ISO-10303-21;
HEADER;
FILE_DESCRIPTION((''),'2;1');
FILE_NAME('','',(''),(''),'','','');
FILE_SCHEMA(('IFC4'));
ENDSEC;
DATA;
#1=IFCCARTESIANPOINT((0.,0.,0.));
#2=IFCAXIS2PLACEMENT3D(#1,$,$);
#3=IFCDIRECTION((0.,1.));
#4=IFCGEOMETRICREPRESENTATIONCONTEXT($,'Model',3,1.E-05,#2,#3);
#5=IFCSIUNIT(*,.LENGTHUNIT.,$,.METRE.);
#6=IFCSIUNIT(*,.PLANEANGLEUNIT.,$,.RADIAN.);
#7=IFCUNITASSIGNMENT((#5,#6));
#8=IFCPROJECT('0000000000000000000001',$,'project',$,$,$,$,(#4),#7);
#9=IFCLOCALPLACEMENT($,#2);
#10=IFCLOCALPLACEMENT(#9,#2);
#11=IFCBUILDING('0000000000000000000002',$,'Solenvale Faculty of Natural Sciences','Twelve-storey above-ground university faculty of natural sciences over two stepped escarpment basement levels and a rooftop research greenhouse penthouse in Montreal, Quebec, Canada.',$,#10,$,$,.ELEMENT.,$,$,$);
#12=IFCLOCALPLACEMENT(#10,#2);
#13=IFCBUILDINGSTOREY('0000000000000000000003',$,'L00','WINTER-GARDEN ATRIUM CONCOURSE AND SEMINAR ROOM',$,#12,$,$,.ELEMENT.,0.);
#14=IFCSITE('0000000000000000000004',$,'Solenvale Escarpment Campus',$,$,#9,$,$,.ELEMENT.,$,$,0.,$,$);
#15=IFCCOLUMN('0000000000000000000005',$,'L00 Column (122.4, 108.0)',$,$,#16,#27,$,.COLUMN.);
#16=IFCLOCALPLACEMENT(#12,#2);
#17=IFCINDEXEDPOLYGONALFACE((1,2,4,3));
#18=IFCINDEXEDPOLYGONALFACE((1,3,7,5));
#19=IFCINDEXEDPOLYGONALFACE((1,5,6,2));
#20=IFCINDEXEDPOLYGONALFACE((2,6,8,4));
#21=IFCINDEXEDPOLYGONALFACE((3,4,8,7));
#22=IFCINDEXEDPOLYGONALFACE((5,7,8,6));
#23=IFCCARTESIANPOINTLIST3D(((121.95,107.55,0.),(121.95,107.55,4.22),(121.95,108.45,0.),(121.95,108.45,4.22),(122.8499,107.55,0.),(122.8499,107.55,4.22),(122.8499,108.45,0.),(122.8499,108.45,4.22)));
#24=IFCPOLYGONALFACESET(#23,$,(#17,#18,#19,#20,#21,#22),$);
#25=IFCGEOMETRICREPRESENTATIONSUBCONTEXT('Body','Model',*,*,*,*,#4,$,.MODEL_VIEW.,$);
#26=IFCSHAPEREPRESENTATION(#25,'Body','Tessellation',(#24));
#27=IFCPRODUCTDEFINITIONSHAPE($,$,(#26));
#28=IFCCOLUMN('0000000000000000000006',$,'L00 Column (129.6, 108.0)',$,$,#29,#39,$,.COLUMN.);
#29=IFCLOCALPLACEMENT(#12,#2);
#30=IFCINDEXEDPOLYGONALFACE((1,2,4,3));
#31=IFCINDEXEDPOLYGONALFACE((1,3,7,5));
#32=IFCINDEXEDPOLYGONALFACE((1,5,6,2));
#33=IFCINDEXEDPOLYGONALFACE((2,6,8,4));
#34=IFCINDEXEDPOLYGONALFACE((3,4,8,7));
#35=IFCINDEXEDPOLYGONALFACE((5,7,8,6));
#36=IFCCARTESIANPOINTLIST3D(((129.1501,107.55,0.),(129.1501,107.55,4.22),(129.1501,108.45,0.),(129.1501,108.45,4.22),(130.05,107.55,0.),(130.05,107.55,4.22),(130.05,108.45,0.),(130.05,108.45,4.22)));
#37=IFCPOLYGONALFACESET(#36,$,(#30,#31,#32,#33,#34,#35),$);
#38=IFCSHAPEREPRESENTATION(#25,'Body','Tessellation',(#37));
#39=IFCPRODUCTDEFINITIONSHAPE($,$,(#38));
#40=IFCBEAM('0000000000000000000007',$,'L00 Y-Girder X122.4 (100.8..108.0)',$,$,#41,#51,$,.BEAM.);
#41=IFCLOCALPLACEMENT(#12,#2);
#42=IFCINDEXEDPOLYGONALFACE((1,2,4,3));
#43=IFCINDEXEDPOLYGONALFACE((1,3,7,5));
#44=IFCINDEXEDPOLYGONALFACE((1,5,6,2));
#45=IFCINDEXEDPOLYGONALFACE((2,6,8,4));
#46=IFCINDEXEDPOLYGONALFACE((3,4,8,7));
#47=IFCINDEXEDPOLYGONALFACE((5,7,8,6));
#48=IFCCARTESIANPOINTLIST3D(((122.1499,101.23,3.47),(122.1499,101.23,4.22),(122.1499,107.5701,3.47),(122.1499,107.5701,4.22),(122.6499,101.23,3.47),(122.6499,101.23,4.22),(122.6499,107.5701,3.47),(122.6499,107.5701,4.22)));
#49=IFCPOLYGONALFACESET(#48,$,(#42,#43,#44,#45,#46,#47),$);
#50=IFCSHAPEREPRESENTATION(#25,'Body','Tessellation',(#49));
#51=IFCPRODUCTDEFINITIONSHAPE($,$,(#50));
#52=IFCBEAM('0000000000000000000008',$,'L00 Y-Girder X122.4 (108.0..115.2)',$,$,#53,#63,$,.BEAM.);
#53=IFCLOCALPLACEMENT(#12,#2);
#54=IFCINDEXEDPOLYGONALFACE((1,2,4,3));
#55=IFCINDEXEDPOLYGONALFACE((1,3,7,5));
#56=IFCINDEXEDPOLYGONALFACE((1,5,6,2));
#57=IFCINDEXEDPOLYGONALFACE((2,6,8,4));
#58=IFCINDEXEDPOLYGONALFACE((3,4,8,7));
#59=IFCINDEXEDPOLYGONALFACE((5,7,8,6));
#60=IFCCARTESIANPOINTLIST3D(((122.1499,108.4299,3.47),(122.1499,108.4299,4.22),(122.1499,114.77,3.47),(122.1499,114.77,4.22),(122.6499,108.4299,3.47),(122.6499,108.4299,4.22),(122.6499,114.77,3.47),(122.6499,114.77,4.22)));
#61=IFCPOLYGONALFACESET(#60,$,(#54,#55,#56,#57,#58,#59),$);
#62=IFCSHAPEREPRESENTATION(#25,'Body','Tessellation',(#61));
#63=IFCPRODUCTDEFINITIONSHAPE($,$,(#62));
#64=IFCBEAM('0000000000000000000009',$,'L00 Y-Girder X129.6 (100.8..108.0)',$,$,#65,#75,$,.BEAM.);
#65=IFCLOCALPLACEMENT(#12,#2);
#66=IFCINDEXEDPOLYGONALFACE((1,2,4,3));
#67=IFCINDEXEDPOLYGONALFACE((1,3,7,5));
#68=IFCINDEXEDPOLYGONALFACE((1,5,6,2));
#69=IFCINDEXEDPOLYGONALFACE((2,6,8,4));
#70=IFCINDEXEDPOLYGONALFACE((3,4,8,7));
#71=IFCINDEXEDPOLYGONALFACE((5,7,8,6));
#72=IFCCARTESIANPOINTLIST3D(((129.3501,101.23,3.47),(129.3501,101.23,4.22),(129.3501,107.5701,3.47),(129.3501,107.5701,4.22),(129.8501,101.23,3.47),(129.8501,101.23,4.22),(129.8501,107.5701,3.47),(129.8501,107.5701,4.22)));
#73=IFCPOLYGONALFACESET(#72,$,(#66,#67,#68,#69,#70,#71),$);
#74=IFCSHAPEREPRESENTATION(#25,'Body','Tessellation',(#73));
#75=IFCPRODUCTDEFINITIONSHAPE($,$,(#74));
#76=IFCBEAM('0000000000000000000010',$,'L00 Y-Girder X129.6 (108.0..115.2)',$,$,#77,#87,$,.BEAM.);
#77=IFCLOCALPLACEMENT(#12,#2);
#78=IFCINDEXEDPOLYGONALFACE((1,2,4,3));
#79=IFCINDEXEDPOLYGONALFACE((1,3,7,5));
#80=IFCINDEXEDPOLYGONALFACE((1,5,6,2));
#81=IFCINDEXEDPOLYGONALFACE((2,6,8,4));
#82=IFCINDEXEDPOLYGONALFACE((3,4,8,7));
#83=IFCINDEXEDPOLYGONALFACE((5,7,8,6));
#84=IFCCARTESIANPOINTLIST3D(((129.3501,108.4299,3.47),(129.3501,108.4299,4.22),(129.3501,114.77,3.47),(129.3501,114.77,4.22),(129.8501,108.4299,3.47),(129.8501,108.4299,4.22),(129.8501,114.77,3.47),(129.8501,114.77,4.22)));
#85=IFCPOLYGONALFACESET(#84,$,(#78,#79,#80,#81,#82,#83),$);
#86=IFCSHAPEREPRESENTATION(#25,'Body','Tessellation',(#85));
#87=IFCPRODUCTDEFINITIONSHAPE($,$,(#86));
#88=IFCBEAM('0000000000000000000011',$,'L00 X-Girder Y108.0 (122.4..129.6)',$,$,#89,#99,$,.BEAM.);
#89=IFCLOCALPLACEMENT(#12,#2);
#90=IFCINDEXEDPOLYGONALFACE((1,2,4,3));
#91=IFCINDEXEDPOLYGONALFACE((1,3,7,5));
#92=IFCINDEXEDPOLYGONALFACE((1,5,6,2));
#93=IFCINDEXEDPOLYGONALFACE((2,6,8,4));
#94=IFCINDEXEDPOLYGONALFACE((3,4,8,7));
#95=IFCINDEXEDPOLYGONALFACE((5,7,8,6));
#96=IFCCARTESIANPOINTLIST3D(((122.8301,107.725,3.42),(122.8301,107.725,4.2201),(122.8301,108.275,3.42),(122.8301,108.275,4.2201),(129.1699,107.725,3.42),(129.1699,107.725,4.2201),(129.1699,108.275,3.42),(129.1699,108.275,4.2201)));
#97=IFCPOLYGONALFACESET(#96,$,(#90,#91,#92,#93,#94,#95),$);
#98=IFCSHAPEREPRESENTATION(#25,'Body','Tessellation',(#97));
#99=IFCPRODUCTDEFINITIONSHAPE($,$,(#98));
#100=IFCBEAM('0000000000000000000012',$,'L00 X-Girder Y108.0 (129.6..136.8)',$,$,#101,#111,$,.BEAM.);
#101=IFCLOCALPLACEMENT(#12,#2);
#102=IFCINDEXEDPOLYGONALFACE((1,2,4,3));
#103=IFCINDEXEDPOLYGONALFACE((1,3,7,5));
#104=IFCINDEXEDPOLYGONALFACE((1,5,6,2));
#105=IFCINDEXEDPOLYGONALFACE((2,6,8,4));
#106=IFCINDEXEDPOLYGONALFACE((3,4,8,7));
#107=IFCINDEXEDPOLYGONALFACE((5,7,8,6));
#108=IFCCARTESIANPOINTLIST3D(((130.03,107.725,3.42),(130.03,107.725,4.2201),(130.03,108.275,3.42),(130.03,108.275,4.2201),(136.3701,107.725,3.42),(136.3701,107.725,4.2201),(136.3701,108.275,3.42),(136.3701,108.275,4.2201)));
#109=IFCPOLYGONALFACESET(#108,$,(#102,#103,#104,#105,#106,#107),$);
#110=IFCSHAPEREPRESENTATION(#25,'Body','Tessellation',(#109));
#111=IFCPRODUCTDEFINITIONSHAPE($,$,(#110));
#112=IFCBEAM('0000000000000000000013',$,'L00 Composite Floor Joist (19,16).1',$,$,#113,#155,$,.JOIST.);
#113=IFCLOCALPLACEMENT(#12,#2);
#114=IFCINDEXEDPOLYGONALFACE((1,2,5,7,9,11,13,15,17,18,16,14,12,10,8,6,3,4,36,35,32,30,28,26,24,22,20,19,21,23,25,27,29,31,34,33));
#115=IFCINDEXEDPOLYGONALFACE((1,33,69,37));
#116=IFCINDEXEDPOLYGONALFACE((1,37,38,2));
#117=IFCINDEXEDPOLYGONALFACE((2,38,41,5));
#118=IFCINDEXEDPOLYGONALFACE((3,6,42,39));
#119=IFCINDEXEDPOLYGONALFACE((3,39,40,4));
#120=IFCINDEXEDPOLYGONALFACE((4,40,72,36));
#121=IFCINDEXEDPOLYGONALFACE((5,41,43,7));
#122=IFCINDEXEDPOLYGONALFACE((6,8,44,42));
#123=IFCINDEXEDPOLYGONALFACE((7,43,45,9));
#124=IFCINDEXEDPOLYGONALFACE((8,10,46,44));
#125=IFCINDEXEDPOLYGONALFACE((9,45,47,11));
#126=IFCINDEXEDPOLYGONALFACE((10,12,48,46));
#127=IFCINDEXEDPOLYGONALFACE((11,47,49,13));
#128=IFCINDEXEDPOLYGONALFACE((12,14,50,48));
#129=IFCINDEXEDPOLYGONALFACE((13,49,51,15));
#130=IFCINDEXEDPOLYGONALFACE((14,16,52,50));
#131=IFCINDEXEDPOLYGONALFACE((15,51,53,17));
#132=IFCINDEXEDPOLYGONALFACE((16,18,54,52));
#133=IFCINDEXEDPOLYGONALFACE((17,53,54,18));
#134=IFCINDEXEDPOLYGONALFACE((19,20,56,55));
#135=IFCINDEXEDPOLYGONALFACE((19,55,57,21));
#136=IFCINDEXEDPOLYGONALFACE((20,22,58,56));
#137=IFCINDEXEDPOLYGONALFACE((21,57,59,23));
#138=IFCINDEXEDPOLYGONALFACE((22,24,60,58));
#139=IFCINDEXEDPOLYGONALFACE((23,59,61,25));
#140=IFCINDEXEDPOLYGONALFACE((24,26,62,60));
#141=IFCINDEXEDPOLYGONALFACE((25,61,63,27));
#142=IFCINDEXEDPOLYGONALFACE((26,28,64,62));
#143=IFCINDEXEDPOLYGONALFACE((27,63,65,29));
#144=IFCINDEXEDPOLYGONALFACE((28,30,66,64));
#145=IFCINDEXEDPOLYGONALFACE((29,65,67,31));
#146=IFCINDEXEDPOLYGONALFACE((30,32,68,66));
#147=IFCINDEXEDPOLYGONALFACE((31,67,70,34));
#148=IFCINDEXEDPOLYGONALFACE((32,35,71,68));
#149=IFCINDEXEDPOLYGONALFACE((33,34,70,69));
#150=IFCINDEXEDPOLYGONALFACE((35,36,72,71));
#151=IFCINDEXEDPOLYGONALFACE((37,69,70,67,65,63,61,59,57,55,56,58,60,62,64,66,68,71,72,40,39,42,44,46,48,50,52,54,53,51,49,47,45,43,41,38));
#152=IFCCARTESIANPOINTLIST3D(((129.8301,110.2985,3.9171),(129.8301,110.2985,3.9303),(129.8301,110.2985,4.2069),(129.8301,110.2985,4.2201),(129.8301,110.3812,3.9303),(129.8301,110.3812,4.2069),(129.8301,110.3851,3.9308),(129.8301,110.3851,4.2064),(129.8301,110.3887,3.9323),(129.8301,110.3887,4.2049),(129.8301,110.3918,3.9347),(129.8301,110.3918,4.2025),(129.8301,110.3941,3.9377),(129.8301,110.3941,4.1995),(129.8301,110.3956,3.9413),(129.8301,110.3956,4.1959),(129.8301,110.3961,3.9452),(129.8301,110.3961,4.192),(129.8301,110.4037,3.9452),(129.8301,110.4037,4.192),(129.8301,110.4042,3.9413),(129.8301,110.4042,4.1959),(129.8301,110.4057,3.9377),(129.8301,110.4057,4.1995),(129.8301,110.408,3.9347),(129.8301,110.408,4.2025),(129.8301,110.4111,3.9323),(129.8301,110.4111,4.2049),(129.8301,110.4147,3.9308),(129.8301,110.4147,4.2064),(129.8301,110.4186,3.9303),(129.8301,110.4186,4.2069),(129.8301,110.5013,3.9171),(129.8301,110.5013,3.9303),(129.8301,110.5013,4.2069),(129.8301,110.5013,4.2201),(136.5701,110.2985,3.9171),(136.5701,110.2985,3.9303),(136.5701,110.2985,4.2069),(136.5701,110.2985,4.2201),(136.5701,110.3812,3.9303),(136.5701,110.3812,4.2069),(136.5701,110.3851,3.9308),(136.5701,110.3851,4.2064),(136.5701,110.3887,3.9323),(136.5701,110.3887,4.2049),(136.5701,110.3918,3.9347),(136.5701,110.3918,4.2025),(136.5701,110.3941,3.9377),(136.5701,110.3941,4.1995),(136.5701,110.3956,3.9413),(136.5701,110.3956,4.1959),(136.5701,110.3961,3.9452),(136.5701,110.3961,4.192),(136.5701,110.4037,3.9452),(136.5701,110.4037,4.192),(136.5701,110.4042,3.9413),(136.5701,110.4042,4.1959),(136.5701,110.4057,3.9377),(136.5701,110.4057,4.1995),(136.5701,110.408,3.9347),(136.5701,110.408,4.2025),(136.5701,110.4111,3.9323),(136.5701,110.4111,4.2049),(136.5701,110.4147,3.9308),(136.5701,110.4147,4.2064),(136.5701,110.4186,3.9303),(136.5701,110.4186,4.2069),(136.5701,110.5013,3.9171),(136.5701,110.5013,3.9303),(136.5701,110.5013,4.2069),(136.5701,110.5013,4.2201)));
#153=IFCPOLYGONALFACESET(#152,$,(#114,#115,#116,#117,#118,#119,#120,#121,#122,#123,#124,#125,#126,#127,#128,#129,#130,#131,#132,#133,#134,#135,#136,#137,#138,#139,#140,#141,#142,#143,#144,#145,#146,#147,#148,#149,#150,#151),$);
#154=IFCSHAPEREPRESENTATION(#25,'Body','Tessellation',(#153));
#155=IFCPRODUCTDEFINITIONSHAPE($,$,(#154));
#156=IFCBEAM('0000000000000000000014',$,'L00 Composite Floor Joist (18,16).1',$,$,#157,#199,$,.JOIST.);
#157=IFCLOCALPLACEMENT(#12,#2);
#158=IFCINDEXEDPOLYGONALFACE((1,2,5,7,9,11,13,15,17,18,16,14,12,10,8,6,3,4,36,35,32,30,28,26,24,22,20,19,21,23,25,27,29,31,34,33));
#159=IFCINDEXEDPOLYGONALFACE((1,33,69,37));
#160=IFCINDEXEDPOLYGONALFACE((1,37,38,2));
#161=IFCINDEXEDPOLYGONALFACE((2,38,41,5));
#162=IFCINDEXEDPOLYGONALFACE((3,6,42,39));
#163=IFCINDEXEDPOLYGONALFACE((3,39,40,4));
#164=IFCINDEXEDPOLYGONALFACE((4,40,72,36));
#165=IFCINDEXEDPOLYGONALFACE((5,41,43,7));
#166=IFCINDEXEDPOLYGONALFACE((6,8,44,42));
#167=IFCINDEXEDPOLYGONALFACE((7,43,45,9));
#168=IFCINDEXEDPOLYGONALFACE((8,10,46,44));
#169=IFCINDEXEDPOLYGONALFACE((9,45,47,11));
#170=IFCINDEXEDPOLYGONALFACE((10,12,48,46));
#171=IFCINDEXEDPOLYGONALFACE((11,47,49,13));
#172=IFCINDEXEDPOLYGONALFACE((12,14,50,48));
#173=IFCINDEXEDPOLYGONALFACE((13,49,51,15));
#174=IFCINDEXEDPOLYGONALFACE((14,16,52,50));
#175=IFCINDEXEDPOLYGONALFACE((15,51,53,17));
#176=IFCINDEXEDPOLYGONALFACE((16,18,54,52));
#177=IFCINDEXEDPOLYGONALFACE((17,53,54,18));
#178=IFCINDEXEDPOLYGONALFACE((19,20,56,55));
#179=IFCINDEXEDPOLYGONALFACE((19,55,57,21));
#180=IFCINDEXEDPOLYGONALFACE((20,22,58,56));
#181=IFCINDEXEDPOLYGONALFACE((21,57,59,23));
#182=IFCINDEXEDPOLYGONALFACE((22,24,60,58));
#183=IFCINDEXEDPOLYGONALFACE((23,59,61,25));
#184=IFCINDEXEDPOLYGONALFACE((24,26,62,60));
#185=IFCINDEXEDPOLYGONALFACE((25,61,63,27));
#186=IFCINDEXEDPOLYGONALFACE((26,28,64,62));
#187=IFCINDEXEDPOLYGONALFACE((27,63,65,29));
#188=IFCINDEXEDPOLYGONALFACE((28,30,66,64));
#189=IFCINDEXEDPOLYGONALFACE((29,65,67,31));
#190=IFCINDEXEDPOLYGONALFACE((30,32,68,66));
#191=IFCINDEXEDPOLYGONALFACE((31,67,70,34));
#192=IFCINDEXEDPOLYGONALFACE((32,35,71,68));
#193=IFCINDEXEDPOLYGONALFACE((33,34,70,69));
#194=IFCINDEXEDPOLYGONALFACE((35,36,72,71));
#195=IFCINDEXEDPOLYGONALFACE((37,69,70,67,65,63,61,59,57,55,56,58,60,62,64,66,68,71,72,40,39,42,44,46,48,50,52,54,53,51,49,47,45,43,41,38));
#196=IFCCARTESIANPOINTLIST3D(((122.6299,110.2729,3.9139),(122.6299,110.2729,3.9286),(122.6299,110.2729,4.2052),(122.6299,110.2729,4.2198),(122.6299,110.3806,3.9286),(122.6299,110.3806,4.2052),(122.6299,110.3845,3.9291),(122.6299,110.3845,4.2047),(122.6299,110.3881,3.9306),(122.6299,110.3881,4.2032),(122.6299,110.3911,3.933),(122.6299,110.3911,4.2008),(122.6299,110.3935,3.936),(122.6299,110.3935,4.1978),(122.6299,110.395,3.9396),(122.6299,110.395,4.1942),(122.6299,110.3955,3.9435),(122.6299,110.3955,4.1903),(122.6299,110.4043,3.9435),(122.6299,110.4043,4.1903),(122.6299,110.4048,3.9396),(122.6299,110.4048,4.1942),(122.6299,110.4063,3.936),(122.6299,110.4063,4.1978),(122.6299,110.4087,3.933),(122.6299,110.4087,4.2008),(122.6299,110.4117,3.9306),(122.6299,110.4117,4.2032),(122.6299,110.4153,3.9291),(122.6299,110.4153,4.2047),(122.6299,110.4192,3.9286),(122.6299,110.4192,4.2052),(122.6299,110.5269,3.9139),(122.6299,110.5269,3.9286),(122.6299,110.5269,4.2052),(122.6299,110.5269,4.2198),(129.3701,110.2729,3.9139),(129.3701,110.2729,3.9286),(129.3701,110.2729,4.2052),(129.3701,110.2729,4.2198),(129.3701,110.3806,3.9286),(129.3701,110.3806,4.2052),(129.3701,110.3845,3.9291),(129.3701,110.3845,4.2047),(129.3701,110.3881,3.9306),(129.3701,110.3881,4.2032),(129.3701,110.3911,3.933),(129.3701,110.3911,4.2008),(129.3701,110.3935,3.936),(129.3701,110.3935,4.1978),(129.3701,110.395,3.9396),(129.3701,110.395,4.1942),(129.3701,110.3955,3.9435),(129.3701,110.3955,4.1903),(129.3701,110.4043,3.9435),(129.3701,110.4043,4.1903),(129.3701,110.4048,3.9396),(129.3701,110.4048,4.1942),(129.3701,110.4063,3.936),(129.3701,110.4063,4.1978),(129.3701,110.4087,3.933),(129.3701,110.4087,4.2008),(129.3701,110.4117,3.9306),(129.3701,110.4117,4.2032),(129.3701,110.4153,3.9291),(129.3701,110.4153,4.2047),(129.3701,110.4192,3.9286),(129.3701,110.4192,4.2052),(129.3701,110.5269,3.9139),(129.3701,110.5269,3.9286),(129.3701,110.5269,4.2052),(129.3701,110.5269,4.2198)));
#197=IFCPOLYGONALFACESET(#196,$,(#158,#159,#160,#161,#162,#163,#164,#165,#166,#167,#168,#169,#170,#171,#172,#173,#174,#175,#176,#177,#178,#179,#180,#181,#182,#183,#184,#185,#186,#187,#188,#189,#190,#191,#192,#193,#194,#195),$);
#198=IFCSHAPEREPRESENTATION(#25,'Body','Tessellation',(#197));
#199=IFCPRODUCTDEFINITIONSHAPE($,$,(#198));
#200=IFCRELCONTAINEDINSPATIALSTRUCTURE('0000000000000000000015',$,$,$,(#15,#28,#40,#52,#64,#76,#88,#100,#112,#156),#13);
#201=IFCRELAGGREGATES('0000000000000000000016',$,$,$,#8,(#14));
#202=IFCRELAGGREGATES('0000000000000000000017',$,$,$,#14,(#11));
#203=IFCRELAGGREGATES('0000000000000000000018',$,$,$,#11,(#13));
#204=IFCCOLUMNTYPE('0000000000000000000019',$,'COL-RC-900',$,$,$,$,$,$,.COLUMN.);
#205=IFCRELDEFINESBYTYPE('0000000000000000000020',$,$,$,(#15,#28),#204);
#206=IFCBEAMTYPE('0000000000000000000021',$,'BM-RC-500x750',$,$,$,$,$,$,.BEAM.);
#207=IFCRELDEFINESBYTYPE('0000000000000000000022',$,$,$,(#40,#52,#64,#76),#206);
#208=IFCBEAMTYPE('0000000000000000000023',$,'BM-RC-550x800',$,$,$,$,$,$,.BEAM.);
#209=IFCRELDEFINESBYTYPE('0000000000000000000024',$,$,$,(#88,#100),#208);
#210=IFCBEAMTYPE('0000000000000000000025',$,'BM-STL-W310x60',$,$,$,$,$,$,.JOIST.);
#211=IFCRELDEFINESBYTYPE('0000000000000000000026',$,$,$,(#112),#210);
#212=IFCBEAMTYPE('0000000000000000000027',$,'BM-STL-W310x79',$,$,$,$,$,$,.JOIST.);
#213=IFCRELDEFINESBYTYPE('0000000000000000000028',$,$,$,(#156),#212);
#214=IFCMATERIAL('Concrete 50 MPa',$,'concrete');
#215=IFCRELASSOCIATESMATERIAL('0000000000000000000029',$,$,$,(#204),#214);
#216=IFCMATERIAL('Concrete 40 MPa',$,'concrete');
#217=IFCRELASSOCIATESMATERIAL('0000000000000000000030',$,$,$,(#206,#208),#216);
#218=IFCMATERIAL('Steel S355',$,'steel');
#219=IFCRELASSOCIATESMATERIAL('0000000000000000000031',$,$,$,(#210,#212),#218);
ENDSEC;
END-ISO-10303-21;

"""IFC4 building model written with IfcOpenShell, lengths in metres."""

from ifc_helpers import new_model, si_unit, direction, frame, origin, origin_2d, place, context, subcontext, project, spatial, rectangle, i_section, extrude, material, material_profile, profile_set, type_object, element, save


model = new_model("IFC4")

# Units and contexts
model_context = context("Model", 3, precision=1e-05, world=origin(), true_north=direction((0.0, 1.0)))
body_context = subcontext(model_context, "Body", "Model", "MODEL_VIEW")
ifc_project = project(units=[si_unit("LENGTHUNIT", "METRE"), si_unit("PLANEANGLEUNIT", "RADIAN")], contexts=[model_context])

# Site, building, storey
site_placement = place(None, origin())
site = spatial("IfcSite", under=ifc_project, at=site_placement, Name="Solenvale Escarpment Campus", CompositionType="ELEMENT", RefElevation=0.0)
building_placement = place(site_placement, origin())
building = spatial("IfcBuilding", under=site, at=building_placement, Name="Solenvale Faculty of Natural Sciences", Description="Twelve-storey above-ground university faculty of natural sciences over two stepped escarpment basement levels and a rooftop research greenhouse penthouse in Montreal, Quebec, Canada.", CompositionType="ELEMENT")
storey_placement = place(building_placement, origin())
storey = spatial("IfcBuildingStorey", under=building, at=storey_placement, Name="L00", Description="WINTER-GARDEN ATRIUM CONCOURSE AND SEMINAR ROOM", CompositionType="ELEMENT", Elevation=0.0)

# Columns
ifc_material_1 = material(Name="Concrete 50 MPa", Category="concrete")
ifc_material_profile_1 = material_profile(ifc_material_1, rectangle(XDim=0.8999, YDim=0.8999, at=origin_2d()), Name="RC-COL-900x900")
ifc_profile_set_1 = profile_set([ifc_material_profile_1], Name="Concrete 50 MPa")
column_type = type_object("IfcColumnType", Name="COL-RC-900", PredefinedType="COLUMN", material=ifc_profile_set_1)
for number, where, z_axis, x_axis, name in (
    (1, (122.3999, 108.0, 0.0), (0.0, 0.0, 1.0), (1.0, 0.0, 0.0), "L00 Column (122.4, 108.0)"),
    (2, (129.6001, 108.0, 0.0), (0.0, 0.0, 1.0), (1.0, 0.0, 0.0), "L00 Column (129.6, 108.0)"),
):
    element("IfcColumn", number, at=place(storey_placement, frame(where, z_axis=z_axis, x_axis=x_axis)), inside=storey, type_object=column_type, Name=name, PredefinedType="COLUMN", context=body_context, shape_type="SweptSolid", body=[
        extrude(rectangle(XDim=0.8999, YDim=0.8999, at=origin_2d()), origin(), (0.0, 0.0, 1.0), 4.22),
    ])

# Beams
ifc_material_2 = material(Name="Concrete 40 MPa", Category="concrete")
ifc_material_profile_2 = material_profile(ifc_material_2, rectangle(XDim=0.5, YDim=0.75, at=origin_2d()), Name="RC-BM-500x750")
ifc_profile_set_2 = profile_set([ifc_material_profile_2], Name="Concrete 40 MPa")
beam_type_1 = type_object("IfcBeamType", Name="BM-RC-500x750", PredefinedType="BEAM", material=ifc_profile_set_2)
for number, where, z_axis, x_axis, name in (
    (3, (122.3999, 101.23, 3.845), (0.0, 1.0, 0.0), (-1.0, 0.0, 0.0), "L00 Y-Girder X122.4 (100.8..108.0)"),
    (4, (122.3999, 108.4299, 3.845), (0.0, 1.0, 0.0), (-1.0, 0.0, 0.0), "L00 Y-Girder X122.4 (108.0..115.2)"),
    (5, (129.6001, 101.23, 3.845), (0.0, 1.0, 0.0), (-1.0, 0.0, 0.0), "L00 Y-Girder X129.6 (100.8..108.0)"),
    (6, (129.6001, 108.4299, 3.845), (0.0, 1.0, 0.0), (-1.0, 0.0, 0.0), "L00 Y-Girder X129.6 (108.0..115.2)"),
):
    element("IfcBeam", number, at=place(storey_placement, frame(where, z_axis=z_axis, x_axis=x_axis)), inside=storey, type_object=beam_type_1, Name=name, PredefinedType="BEAM", context=body_context, shape_type="SweptSolid", body=[
        extrude(rectangle(XDim=0.5, YDim=0.75, at=origin_2d()), origin(), (0.0, 0.0, 1.0), 6.3401),
    ])
ifc_material_profile_3 = material_profile(ifc_material_2, rectangle(XDim=0.55, YDim=0.8, at=origin_2d()), Name="RC-BM-550x800")
ifc_profile_set_3 = profile_set([ifc_material_profile_3], Name="Concrete 40 MPa")
beam_type_2 = type_object("IfcBeamType", Name="BM-RC-550x800", PredefinedType="BEAM", material=ifc_profile_set_3)
beam_1_placement = place(storey_placement, frame((122.8301, 108.0, 3.8201), z_axis=(1.0, 0.0, 0.0), x_axis=(0.0, 1.0, 0.0)))
element("IfcBeam", 7, at=beam_1_placement, inside=storey, type_object=beam_type_2, Name="L00 X-Girder Y108.0 (122.4..129.6)", PredefinedType="BEAM", context=body_context, shape_type="SweptSolid", body=[
    extrude(rectangle(XDim=0.55, YDim=0.8, at=origin_2d()), origin(), (0.0, 0.0, 1.0), 6.3398),
])
beam_2_placement = place(storey_placement, frame((130.03, 108.0, 3.8201), z_axis=(1.0, 0.0, 0.0), x_axis=(0.0, 1.0, 0.0)))
element("IfcBeam", 8, at=beam_2_placement, inside=storey, type_object=beam_type_2, Name="L00 X-Girder Y108.0 (129.6..136.8)", PredefinedType="BEAM", context=body_context, shape_type="SweptSolid", body=[
    extrude(rectangle(XDim=0.55, YDim=0.8, at=origin_2d()), origin(), (0.0, 0.0, 1.0), 6.3401),
])
ifc_material_3 = material(Name="Steel S355", Category="steel")
ifc_material_profile_4 = material_profile(ifc_material_3, i_section(OverallWidth=0.2029, OverallDepth=0.303, WebThickness=0.0076, FlangeThickness=0.0132, FilletRadius=0.0149, at=origin_2d()), Name="W310x60")
ifc_profile_set_4 = profile_set([ifc_material_profile_4], Name="Steel S355")
beam_type_3 = type_object("IfcBeamType", Name="BM-STL-W310x60", PredefinedType="JOIST", material=ifc_profile_set_4)
beam_3_placement = place(storey_placement, frame((129.8301, 110.3999, 4.0686), z_axis=(1.0, 0.0, 0.0), x_axis=(0.0, 1.0, 0.0)))
element("IfcBeam", 9, at=beam_3_placement, inside=storey, type_object=beam_type_3, Name="L00 Composite Floor Joist (19,16).1", PredefinedType="JOIST", context=body_context, shape_type="SweptSolid", body=[
    extrude(i_section(OverallWidth=0.2029, OverallDepth=0.303, WebThickness=0.0076, FlangeThickness=0.0132, FilletRadius=0.0149, at=origin_2d()), origin(), (0.0, 0.0, 1.0), 6.74),
])
ifc_material_profile_5 = material_profile(ifc_material_3, i_section(OverallWidth=0.2539, OverallDepth=0.3059, WebThickness=0.0088, FlangeThickness=0.0146, FilletRadius=0.0149, at=origin_2d()), Name="W310x79")
ifc_profile_set_5 = profile_set([ifc_material_profile_5], Name="Steel S355")
beam_type_4 = type_object("IfcBeamType", Name="BM-STL-W310x79", PredefinedType="JOIST", material=ifc_profile_set_5)
beam_4_placement = place(storey_placement, frame((122.6299, 110.3999, 4.0669), z_axis=(1.0, 0.0, 0.0), x_axis=(0.0, 1.0, 0.0)))
element("IfcBeam", 10, at=beam_4_placement, inside=storey, type_object=beam_type_4, Name="L00 Composite Floor Joist (18,16).1", PredefinedType="JOIST", context=body_context, shape_type="SweptSolid", body=[
    extrude(i_section(OverallWidth=0.2539, OverallDepth=0.3059, WebThickness=0.0088, FlangeThickness=0.0146, FilletRadius=0.0149, at=origin_2d()), origin(), (0.0, 0.0, 1.0), 6.7402),
])

save(model, "model.ifc")
